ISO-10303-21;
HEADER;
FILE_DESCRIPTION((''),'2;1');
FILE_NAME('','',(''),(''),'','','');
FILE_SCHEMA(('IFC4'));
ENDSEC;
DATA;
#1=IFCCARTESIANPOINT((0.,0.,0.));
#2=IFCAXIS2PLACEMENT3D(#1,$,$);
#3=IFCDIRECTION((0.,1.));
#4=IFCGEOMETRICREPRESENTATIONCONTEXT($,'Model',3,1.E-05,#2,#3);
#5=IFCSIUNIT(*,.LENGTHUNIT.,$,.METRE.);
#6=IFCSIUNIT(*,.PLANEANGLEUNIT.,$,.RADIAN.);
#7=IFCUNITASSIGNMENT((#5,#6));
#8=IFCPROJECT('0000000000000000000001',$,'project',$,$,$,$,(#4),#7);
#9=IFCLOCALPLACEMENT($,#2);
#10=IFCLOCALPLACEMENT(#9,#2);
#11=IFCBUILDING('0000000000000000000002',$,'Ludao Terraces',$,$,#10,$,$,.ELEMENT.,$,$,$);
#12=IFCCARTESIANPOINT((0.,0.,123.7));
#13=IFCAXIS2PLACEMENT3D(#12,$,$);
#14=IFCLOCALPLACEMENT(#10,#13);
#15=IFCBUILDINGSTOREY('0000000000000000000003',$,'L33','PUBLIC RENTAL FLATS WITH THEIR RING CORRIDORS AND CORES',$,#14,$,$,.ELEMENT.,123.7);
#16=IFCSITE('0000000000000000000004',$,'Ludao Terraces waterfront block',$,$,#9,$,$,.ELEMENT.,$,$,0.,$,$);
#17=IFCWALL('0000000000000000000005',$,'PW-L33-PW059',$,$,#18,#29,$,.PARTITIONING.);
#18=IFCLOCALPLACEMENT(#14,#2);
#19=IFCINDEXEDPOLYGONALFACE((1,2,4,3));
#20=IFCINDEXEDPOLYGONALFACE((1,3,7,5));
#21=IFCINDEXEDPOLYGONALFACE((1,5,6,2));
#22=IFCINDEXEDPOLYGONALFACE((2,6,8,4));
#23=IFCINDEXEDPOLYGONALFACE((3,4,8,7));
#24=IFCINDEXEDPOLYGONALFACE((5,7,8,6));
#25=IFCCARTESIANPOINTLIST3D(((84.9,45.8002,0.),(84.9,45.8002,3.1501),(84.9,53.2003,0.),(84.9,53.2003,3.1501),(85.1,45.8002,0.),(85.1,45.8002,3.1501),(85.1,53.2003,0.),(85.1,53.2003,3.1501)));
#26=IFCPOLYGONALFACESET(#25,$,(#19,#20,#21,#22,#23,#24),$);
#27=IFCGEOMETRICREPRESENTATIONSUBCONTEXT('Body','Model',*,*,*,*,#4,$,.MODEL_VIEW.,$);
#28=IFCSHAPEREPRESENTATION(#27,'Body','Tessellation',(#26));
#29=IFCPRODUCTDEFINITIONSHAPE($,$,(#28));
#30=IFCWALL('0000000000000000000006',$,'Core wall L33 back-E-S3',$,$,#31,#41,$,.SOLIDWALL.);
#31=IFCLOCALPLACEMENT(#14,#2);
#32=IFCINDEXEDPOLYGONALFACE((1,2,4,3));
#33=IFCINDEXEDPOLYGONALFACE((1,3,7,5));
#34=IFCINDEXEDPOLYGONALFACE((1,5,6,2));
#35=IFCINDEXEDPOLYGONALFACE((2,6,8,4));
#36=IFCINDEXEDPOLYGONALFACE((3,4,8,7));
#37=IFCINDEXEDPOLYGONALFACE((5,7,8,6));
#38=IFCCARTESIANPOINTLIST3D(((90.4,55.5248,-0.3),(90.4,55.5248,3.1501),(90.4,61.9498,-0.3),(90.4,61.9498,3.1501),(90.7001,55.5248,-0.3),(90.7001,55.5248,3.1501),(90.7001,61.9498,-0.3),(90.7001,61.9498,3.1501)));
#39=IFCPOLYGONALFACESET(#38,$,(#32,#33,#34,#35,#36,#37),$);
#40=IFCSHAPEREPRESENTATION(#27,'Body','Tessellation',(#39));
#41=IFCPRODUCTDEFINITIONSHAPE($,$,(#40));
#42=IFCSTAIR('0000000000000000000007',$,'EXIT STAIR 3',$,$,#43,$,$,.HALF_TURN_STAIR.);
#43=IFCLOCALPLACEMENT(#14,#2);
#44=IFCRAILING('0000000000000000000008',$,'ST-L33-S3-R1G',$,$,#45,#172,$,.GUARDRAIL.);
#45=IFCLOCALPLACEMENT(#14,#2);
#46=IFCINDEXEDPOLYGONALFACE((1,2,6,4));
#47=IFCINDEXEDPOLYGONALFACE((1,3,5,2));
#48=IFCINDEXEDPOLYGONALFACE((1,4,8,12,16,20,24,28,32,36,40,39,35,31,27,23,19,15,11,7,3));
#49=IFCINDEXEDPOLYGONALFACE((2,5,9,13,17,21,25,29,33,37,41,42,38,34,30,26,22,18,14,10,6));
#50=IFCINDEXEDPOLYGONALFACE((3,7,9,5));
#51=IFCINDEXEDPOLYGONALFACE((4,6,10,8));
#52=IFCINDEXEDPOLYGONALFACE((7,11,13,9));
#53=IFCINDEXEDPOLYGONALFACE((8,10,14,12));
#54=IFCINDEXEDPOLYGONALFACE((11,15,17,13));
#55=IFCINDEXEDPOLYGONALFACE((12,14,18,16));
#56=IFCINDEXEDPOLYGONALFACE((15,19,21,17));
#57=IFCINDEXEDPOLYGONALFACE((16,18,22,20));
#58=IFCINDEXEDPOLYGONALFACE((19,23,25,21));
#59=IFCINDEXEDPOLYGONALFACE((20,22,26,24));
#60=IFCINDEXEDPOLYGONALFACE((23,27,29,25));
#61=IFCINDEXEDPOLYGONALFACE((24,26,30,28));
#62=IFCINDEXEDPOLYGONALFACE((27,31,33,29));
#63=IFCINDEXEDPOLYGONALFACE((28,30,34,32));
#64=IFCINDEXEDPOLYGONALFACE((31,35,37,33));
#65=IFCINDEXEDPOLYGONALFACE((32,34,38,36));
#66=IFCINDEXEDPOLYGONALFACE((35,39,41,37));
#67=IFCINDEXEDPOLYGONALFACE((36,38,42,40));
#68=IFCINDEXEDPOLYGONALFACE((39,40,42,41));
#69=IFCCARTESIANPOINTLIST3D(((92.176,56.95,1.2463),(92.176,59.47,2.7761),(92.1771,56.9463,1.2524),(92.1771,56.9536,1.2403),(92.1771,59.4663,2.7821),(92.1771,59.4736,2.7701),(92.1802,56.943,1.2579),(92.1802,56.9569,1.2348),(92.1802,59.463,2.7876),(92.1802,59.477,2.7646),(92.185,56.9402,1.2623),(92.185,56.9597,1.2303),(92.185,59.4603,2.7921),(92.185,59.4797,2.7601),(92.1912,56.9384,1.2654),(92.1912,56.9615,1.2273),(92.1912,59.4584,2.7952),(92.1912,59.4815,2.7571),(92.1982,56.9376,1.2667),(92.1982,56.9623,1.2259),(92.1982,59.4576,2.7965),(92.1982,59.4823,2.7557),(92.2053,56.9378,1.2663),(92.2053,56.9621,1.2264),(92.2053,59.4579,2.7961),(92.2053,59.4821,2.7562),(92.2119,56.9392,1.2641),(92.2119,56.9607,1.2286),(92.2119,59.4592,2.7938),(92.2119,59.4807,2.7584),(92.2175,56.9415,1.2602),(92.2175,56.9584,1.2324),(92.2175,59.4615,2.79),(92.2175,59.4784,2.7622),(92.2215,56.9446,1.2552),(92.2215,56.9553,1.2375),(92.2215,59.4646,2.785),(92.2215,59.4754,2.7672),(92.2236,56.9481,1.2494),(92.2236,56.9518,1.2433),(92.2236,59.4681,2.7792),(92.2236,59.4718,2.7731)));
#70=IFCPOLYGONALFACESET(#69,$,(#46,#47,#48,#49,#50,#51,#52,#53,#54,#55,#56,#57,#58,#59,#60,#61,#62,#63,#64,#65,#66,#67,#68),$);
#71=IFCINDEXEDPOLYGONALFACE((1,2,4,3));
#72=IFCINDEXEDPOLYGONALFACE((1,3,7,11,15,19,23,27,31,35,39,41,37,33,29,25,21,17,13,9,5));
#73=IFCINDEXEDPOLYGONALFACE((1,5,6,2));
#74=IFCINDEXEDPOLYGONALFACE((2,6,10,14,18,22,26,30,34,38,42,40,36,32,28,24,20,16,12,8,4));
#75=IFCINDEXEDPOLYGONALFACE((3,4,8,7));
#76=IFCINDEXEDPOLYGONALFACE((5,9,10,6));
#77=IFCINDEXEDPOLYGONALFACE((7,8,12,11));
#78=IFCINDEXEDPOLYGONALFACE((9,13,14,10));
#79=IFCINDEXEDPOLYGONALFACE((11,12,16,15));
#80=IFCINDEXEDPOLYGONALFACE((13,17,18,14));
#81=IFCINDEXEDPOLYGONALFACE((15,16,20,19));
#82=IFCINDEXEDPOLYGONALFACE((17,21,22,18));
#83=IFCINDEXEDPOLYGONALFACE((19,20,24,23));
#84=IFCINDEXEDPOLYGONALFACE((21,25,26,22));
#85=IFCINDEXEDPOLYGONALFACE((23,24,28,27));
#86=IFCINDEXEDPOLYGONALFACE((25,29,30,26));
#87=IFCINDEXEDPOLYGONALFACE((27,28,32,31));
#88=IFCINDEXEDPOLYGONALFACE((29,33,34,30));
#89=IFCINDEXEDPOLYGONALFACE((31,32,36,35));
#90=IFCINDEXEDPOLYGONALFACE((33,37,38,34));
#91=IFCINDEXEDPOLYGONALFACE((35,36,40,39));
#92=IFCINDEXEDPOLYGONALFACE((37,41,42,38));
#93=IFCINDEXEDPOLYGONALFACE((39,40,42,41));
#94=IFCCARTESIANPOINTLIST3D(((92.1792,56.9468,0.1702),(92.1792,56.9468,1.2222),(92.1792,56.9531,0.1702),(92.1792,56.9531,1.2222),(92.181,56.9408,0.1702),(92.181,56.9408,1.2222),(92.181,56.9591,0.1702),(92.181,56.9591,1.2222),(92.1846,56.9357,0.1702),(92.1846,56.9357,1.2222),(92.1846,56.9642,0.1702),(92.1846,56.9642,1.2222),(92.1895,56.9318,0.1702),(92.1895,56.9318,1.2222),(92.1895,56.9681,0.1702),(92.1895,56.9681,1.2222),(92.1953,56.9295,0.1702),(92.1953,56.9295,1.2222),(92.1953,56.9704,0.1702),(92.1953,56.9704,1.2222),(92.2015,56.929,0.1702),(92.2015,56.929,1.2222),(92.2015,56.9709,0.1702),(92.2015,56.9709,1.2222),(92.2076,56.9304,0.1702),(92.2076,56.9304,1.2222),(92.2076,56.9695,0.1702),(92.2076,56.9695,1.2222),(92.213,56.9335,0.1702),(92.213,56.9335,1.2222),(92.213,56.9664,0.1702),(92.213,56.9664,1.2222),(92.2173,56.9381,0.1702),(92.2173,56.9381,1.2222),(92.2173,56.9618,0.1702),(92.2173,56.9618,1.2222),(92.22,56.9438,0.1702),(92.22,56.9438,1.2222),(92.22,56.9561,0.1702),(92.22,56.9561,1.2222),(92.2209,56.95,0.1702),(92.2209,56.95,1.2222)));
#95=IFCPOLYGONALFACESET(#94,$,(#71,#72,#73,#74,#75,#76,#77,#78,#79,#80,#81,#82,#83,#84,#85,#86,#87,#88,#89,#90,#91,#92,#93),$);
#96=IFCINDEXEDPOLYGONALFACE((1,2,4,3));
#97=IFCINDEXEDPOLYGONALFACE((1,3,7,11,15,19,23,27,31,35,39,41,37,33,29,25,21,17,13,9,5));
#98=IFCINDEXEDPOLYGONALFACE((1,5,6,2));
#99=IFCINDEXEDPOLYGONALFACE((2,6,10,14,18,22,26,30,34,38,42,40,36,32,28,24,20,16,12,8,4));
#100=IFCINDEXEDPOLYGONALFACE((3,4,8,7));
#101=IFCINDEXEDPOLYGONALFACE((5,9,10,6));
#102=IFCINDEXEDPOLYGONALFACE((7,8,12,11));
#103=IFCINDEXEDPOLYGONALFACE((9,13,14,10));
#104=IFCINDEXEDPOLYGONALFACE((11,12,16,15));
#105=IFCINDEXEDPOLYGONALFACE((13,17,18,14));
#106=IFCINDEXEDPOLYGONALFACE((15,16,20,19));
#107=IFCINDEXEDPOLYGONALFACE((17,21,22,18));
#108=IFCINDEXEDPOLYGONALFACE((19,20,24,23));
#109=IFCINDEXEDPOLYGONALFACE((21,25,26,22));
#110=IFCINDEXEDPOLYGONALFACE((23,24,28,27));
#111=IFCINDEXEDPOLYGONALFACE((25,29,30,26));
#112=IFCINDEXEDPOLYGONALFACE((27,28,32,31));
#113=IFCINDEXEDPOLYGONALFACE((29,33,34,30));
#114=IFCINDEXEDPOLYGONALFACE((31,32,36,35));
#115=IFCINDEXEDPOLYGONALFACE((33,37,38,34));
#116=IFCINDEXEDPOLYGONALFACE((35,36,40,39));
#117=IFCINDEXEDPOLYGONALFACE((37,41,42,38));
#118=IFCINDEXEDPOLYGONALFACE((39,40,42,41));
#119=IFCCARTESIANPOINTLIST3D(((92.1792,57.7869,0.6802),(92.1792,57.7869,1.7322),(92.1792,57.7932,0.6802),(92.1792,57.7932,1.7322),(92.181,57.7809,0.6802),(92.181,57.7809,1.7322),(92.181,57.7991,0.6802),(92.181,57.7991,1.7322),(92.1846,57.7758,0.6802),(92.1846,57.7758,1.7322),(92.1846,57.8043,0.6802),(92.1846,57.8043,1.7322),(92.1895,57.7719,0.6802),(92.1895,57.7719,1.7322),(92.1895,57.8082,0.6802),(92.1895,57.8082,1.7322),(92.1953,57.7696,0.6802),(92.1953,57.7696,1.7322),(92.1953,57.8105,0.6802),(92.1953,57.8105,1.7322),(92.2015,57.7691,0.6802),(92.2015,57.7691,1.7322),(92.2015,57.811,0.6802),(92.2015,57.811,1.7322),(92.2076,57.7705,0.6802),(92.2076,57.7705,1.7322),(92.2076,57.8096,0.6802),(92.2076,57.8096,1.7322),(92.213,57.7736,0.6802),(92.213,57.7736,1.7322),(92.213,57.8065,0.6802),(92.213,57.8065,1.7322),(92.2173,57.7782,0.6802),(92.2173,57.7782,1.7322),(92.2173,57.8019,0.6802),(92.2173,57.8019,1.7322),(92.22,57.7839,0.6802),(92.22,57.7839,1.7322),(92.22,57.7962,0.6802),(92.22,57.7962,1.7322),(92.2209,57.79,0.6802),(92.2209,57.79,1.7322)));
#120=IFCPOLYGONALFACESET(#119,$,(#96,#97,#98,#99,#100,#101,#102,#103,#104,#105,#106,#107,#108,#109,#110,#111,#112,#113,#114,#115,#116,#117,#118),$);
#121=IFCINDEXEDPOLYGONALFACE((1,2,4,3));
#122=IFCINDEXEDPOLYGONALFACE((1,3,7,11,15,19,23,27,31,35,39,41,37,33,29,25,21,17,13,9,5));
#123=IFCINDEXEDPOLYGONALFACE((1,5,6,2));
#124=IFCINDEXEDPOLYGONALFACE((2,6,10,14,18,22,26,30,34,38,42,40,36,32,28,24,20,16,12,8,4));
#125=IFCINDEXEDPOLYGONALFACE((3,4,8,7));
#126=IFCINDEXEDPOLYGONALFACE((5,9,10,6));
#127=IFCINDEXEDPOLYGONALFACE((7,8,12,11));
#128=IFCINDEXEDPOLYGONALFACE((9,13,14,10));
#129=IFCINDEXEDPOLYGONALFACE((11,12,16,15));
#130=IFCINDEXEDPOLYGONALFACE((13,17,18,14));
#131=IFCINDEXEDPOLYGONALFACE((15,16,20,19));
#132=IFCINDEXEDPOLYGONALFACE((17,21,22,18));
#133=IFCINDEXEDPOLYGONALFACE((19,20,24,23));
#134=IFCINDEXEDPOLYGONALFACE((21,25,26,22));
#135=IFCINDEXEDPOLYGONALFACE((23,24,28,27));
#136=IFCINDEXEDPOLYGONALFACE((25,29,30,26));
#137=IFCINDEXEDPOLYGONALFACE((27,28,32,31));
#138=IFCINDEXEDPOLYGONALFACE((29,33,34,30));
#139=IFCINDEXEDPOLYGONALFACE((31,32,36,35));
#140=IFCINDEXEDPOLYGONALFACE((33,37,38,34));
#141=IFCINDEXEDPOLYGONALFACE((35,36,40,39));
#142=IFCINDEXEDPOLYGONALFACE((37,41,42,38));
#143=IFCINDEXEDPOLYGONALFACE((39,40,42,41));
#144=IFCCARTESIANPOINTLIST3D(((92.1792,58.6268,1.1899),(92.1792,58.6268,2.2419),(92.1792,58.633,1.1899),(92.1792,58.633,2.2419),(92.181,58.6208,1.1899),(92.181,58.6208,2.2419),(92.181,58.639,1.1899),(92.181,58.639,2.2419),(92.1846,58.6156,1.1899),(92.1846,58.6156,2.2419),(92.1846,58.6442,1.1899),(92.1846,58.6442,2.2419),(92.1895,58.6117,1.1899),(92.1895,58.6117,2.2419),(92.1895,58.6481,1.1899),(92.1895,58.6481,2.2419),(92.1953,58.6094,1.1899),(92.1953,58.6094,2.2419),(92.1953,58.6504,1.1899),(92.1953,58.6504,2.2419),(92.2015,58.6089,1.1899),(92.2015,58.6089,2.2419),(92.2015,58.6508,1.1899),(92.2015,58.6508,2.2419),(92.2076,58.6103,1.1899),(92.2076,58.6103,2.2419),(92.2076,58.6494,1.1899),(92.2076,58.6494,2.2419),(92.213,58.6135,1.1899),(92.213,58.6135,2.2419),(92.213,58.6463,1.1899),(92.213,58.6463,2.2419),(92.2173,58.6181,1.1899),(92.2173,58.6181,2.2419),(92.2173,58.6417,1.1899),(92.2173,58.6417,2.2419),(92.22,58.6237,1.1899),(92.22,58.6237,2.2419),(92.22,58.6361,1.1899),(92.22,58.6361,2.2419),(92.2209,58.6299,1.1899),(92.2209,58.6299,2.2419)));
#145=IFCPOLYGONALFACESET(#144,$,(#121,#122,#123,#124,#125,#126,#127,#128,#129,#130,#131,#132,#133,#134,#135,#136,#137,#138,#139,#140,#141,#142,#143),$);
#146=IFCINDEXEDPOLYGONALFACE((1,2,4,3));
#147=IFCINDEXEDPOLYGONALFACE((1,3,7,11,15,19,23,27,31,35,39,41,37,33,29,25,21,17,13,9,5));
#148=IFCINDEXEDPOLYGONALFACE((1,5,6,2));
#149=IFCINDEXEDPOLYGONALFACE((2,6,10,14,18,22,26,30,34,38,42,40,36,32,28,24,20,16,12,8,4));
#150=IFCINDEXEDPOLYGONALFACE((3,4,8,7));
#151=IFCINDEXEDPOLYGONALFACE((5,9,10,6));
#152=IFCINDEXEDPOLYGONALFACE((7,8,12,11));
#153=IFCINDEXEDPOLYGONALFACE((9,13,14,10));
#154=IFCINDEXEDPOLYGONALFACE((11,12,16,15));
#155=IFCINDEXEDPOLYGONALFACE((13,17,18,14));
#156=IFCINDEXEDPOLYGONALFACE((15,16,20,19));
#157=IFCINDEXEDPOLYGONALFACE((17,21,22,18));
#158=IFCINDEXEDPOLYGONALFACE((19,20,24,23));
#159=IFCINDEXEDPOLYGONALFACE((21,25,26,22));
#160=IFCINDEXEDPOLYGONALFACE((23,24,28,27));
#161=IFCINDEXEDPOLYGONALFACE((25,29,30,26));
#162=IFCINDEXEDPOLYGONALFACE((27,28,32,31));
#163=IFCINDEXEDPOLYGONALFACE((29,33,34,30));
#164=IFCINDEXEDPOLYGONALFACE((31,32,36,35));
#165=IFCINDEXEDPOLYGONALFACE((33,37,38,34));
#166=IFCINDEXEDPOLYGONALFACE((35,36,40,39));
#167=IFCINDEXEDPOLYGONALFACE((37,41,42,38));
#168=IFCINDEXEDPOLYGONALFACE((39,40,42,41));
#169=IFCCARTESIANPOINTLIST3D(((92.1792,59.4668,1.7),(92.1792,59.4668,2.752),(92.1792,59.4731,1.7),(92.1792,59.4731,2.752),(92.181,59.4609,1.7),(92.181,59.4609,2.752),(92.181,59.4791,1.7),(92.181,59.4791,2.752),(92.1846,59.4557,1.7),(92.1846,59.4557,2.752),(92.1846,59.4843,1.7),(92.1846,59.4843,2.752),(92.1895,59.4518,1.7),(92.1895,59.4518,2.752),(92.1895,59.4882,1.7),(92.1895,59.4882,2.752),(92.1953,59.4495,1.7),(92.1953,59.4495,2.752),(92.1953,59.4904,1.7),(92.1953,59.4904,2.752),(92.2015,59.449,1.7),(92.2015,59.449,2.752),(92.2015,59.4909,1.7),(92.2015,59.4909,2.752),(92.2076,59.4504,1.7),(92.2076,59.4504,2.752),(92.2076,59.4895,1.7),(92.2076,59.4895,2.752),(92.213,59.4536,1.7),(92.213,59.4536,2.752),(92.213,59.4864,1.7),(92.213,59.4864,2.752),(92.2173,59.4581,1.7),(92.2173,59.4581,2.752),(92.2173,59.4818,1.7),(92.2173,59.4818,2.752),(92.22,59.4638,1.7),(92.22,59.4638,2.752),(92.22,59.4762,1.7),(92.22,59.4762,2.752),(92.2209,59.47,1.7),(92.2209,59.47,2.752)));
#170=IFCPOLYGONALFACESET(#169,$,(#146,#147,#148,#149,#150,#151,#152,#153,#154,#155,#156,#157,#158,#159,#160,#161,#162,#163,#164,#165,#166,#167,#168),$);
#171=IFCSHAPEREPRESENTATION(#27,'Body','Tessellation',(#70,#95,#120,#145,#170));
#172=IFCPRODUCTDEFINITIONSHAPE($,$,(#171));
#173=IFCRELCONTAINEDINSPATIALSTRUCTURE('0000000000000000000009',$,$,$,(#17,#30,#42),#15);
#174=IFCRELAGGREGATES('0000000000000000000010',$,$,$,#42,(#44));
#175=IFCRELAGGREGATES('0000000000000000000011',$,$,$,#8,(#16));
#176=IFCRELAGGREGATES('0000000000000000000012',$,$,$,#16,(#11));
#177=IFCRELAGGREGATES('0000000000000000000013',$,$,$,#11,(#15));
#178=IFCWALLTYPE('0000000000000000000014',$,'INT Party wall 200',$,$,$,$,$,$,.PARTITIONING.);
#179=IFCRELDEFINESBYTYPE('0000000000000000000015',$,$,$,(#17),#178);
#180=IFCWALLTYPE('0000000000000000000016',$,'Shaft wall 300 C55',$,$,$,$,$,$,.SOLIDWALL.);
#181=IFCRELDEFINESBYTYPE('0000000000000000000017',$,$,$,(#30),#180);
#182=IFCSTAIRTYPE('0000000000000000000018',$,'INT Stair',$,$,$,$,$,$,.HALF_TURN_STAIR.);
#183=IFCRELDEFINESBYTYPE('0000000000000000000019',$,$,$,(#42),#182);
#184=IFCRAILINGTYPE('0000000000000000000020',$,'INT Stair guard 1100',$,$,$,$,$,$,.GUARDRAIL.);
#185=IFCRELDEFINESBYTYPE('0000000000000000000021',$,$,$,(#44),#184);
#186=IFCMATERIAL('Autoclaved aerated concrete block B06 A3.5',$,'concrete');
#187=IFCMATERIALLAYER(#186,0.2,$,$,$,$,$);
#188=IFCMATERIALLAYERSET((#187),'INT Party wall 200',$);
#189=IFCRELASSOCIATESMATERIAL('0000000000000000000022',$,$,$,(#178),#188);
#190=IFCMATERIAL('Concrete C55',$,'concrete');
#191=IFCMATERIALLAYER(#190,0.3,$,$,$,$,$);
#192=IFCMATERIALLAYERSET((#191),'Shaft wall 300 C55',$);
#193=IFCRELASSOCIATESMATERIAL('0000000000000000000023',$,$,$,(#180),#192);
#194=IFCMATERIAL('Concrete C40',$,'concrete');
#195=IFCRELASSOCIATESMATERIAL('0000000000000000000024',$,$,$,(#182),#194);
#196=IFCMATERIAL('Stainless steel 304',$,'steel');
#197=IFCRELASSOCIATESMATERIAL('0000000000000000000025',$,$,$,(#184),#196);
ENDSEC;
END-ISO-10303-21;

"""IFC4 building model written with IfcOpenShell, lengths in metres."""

from ifc_helpers import new_model, si_unit, direction, frame, frame_2d, origin, origin_2d, place, context, subcontext, project, spatial, rectangle, circle, extrude, material, layer, layer_set, type_object, element, aggregate, save


model = new_model("IFC4")

# Units and contexts
model_context = context("Model", 3, precision=1e-05, world=origin(), true_north=direction((0.0, 1.0)))
body_context = subcontext(model_context, "Body", "Model", "MODEL_VIEW")
ifc_project = project(units=[si_unit("LENGTHUNIT", "METRE"), si_unit("PLANEANGLEUNIT", "RADIAN")], contexts=[model_context])

# Site, building, storey
site_placement = place(None, origin())
site = spatial("IfcSite", under=ifc_project, at=site_placement, Name="Ludao Terraces waterfront block", CompositionType="ELEMENT", RefElevation=0.0)
building_placement = place(site_placement, origin())
building = spatial("IfcBuilding", under=site, at=building_placement, Name="Ludao Terraces", CompositionType="ELEMENT")
storey_placement = place(building_placement, frame((0.0, 0.0, 123.7)))
storey = spatial("IfcBuildingStorey", under=building, at=storey_placement, Name="L33", Description="PUBLIC RENTAL FLATS WITH THEIR RING CORRIDORS AND CORES", CompositionType="ELEMENT", Elevation=123.7)

# Shared definitions
ifc_material_1 = material(Name="Concrete C40", Category="concrete")

# Walls
ifc_material_2 = material(Name="Autoclaved aerated concrete block B06 A3.5", Category="concrete")
ifc_layer_1 = layer(ifc_material_2, 0.2)
ifc_layer_set_1 = layer_set([ifc_layer_1], Name="INT Party wall 200")
wall_type_1 = type_object("IfcWallType", Name="INT Party wall 200", PredefinedType="PARTITIONING", material=ifc_layer_set_1)
wall_1_placement = place(storey_placement, frame((85.0, 45.8, 0.0), z_axis=(0.0, 0.0, 1.0), x_axis=(0.0, 1.0, 0.0)))
element("IfcWall", 1, at=wall_1_placement, inside=storey, type_object=wall_type_1, Name="PW-L33-PW059", PredefinedType="PARTITIONING", context=body_context, shape_type="SweptSolid", body=[
    extrude(rectangle(XDim=7.4001, YDim=0.2, at=frame_2d((3.7002, 0.0))), origin(), (0.0, 0.0, 1.0), 3.1501),
])
ifc_material_3 = material(Name="Concrete C55", Category="concrete")
ifc_layer_2 = layer(ifc_material_3, 0.3)
ifc_layer_set_2 = layer_set([ifc_layer_2], Name="Shaft wall 300 C55")
wall_type_2 = type_object("IfcWallType", Name="Shaft wall 300 C55", PredefinedType="SOLIDWALL", material=ifc_layer_set_2)
wall_2_placement = place(storey_placement, frame((90.55, 55.5249, -0.3), z_axis=(0.0, 0.0, 1.0), x_axis=(0.0, 1.0, 0.0)))
element("IfcWall", 2, at=wall_2_placement, inside=storey, type_object=wall_type_2, Name="Core wall L33 back-E-S3", PredefinedType="SOLIDWALL", context=body_context, shape_type="SweptSolid", body=[
    extrude(rectangle(XDim=6.425, YDim=0.3, at=frame_2d((3.2124, 0.0))), origin(), (0.0, 0.0, 1.0), 3.4502),
])

# Stair, railing
stair_type = type_object("IfcStairType", Name="INT Stair", PredefinedType="HALF_TURN_STAIR", material=ifc_material_1)
stair_placement = place(storey_placement, origin())
stair = element("IfcStair", 3, at=stair_placement, inside=storey, type_object=stair_type, Name="EXIT STAIR 3", PredefinedType="HALF_TURN_STAIR")
ifc_material_4 = material(Name="Stainless steel 304", Category="steel")
railing_type_1 = type_object("IfcRailingType", Name="INT Stair guard 1100", PredefinedType="GUARDRAIL", material=ifc_material_4)
railing_1_placement = place(storey_placement, frame((92.2, 56.95, 0.1702)))
railing_1 = element("IfcRailing", 4, at=railing_1_placement, type_object=railing_type_1, Name="ST-L33-S3-R1G", PredefinedType="GUARDRAIL", context=body_context, shape_type="SweptSolid", body=[
    extrude(circle(Radius=0.0239, at=origin_2d()), frame((0.0, 0.0, 1.0762), z_axis=(0.0, 0.854822, 0.518922), x_axis=(-1.0, 0.0, 0.0)), (0.0, 0.0, 1.0), 2.948),
    extrude(circle(Radius=0.021, at=origin_2d()), origin(), (0.0, 0.0, 1.0), 1.052),
    extrude(circle(Radius=0.021, at=origin_2d()), frame((0.0, 0.8401, 0.51)), (0.0, 0.0, 1.0), 1.052),
    extrude(circle(Radius=0.021, at=origin_2d()), frame((0.0, 1.6799, 1.0198)), (0.0, 0.0, 1.0), 1.052),
    extrude(circle(Radius=0.021, at=origin_2d()), frame((0.0, 2.52, 1.5298)), (0.0, 0.0, 1.0), 1.052),
])
aggregate(stair, [railing_1])

save(model, "model.ifc")
